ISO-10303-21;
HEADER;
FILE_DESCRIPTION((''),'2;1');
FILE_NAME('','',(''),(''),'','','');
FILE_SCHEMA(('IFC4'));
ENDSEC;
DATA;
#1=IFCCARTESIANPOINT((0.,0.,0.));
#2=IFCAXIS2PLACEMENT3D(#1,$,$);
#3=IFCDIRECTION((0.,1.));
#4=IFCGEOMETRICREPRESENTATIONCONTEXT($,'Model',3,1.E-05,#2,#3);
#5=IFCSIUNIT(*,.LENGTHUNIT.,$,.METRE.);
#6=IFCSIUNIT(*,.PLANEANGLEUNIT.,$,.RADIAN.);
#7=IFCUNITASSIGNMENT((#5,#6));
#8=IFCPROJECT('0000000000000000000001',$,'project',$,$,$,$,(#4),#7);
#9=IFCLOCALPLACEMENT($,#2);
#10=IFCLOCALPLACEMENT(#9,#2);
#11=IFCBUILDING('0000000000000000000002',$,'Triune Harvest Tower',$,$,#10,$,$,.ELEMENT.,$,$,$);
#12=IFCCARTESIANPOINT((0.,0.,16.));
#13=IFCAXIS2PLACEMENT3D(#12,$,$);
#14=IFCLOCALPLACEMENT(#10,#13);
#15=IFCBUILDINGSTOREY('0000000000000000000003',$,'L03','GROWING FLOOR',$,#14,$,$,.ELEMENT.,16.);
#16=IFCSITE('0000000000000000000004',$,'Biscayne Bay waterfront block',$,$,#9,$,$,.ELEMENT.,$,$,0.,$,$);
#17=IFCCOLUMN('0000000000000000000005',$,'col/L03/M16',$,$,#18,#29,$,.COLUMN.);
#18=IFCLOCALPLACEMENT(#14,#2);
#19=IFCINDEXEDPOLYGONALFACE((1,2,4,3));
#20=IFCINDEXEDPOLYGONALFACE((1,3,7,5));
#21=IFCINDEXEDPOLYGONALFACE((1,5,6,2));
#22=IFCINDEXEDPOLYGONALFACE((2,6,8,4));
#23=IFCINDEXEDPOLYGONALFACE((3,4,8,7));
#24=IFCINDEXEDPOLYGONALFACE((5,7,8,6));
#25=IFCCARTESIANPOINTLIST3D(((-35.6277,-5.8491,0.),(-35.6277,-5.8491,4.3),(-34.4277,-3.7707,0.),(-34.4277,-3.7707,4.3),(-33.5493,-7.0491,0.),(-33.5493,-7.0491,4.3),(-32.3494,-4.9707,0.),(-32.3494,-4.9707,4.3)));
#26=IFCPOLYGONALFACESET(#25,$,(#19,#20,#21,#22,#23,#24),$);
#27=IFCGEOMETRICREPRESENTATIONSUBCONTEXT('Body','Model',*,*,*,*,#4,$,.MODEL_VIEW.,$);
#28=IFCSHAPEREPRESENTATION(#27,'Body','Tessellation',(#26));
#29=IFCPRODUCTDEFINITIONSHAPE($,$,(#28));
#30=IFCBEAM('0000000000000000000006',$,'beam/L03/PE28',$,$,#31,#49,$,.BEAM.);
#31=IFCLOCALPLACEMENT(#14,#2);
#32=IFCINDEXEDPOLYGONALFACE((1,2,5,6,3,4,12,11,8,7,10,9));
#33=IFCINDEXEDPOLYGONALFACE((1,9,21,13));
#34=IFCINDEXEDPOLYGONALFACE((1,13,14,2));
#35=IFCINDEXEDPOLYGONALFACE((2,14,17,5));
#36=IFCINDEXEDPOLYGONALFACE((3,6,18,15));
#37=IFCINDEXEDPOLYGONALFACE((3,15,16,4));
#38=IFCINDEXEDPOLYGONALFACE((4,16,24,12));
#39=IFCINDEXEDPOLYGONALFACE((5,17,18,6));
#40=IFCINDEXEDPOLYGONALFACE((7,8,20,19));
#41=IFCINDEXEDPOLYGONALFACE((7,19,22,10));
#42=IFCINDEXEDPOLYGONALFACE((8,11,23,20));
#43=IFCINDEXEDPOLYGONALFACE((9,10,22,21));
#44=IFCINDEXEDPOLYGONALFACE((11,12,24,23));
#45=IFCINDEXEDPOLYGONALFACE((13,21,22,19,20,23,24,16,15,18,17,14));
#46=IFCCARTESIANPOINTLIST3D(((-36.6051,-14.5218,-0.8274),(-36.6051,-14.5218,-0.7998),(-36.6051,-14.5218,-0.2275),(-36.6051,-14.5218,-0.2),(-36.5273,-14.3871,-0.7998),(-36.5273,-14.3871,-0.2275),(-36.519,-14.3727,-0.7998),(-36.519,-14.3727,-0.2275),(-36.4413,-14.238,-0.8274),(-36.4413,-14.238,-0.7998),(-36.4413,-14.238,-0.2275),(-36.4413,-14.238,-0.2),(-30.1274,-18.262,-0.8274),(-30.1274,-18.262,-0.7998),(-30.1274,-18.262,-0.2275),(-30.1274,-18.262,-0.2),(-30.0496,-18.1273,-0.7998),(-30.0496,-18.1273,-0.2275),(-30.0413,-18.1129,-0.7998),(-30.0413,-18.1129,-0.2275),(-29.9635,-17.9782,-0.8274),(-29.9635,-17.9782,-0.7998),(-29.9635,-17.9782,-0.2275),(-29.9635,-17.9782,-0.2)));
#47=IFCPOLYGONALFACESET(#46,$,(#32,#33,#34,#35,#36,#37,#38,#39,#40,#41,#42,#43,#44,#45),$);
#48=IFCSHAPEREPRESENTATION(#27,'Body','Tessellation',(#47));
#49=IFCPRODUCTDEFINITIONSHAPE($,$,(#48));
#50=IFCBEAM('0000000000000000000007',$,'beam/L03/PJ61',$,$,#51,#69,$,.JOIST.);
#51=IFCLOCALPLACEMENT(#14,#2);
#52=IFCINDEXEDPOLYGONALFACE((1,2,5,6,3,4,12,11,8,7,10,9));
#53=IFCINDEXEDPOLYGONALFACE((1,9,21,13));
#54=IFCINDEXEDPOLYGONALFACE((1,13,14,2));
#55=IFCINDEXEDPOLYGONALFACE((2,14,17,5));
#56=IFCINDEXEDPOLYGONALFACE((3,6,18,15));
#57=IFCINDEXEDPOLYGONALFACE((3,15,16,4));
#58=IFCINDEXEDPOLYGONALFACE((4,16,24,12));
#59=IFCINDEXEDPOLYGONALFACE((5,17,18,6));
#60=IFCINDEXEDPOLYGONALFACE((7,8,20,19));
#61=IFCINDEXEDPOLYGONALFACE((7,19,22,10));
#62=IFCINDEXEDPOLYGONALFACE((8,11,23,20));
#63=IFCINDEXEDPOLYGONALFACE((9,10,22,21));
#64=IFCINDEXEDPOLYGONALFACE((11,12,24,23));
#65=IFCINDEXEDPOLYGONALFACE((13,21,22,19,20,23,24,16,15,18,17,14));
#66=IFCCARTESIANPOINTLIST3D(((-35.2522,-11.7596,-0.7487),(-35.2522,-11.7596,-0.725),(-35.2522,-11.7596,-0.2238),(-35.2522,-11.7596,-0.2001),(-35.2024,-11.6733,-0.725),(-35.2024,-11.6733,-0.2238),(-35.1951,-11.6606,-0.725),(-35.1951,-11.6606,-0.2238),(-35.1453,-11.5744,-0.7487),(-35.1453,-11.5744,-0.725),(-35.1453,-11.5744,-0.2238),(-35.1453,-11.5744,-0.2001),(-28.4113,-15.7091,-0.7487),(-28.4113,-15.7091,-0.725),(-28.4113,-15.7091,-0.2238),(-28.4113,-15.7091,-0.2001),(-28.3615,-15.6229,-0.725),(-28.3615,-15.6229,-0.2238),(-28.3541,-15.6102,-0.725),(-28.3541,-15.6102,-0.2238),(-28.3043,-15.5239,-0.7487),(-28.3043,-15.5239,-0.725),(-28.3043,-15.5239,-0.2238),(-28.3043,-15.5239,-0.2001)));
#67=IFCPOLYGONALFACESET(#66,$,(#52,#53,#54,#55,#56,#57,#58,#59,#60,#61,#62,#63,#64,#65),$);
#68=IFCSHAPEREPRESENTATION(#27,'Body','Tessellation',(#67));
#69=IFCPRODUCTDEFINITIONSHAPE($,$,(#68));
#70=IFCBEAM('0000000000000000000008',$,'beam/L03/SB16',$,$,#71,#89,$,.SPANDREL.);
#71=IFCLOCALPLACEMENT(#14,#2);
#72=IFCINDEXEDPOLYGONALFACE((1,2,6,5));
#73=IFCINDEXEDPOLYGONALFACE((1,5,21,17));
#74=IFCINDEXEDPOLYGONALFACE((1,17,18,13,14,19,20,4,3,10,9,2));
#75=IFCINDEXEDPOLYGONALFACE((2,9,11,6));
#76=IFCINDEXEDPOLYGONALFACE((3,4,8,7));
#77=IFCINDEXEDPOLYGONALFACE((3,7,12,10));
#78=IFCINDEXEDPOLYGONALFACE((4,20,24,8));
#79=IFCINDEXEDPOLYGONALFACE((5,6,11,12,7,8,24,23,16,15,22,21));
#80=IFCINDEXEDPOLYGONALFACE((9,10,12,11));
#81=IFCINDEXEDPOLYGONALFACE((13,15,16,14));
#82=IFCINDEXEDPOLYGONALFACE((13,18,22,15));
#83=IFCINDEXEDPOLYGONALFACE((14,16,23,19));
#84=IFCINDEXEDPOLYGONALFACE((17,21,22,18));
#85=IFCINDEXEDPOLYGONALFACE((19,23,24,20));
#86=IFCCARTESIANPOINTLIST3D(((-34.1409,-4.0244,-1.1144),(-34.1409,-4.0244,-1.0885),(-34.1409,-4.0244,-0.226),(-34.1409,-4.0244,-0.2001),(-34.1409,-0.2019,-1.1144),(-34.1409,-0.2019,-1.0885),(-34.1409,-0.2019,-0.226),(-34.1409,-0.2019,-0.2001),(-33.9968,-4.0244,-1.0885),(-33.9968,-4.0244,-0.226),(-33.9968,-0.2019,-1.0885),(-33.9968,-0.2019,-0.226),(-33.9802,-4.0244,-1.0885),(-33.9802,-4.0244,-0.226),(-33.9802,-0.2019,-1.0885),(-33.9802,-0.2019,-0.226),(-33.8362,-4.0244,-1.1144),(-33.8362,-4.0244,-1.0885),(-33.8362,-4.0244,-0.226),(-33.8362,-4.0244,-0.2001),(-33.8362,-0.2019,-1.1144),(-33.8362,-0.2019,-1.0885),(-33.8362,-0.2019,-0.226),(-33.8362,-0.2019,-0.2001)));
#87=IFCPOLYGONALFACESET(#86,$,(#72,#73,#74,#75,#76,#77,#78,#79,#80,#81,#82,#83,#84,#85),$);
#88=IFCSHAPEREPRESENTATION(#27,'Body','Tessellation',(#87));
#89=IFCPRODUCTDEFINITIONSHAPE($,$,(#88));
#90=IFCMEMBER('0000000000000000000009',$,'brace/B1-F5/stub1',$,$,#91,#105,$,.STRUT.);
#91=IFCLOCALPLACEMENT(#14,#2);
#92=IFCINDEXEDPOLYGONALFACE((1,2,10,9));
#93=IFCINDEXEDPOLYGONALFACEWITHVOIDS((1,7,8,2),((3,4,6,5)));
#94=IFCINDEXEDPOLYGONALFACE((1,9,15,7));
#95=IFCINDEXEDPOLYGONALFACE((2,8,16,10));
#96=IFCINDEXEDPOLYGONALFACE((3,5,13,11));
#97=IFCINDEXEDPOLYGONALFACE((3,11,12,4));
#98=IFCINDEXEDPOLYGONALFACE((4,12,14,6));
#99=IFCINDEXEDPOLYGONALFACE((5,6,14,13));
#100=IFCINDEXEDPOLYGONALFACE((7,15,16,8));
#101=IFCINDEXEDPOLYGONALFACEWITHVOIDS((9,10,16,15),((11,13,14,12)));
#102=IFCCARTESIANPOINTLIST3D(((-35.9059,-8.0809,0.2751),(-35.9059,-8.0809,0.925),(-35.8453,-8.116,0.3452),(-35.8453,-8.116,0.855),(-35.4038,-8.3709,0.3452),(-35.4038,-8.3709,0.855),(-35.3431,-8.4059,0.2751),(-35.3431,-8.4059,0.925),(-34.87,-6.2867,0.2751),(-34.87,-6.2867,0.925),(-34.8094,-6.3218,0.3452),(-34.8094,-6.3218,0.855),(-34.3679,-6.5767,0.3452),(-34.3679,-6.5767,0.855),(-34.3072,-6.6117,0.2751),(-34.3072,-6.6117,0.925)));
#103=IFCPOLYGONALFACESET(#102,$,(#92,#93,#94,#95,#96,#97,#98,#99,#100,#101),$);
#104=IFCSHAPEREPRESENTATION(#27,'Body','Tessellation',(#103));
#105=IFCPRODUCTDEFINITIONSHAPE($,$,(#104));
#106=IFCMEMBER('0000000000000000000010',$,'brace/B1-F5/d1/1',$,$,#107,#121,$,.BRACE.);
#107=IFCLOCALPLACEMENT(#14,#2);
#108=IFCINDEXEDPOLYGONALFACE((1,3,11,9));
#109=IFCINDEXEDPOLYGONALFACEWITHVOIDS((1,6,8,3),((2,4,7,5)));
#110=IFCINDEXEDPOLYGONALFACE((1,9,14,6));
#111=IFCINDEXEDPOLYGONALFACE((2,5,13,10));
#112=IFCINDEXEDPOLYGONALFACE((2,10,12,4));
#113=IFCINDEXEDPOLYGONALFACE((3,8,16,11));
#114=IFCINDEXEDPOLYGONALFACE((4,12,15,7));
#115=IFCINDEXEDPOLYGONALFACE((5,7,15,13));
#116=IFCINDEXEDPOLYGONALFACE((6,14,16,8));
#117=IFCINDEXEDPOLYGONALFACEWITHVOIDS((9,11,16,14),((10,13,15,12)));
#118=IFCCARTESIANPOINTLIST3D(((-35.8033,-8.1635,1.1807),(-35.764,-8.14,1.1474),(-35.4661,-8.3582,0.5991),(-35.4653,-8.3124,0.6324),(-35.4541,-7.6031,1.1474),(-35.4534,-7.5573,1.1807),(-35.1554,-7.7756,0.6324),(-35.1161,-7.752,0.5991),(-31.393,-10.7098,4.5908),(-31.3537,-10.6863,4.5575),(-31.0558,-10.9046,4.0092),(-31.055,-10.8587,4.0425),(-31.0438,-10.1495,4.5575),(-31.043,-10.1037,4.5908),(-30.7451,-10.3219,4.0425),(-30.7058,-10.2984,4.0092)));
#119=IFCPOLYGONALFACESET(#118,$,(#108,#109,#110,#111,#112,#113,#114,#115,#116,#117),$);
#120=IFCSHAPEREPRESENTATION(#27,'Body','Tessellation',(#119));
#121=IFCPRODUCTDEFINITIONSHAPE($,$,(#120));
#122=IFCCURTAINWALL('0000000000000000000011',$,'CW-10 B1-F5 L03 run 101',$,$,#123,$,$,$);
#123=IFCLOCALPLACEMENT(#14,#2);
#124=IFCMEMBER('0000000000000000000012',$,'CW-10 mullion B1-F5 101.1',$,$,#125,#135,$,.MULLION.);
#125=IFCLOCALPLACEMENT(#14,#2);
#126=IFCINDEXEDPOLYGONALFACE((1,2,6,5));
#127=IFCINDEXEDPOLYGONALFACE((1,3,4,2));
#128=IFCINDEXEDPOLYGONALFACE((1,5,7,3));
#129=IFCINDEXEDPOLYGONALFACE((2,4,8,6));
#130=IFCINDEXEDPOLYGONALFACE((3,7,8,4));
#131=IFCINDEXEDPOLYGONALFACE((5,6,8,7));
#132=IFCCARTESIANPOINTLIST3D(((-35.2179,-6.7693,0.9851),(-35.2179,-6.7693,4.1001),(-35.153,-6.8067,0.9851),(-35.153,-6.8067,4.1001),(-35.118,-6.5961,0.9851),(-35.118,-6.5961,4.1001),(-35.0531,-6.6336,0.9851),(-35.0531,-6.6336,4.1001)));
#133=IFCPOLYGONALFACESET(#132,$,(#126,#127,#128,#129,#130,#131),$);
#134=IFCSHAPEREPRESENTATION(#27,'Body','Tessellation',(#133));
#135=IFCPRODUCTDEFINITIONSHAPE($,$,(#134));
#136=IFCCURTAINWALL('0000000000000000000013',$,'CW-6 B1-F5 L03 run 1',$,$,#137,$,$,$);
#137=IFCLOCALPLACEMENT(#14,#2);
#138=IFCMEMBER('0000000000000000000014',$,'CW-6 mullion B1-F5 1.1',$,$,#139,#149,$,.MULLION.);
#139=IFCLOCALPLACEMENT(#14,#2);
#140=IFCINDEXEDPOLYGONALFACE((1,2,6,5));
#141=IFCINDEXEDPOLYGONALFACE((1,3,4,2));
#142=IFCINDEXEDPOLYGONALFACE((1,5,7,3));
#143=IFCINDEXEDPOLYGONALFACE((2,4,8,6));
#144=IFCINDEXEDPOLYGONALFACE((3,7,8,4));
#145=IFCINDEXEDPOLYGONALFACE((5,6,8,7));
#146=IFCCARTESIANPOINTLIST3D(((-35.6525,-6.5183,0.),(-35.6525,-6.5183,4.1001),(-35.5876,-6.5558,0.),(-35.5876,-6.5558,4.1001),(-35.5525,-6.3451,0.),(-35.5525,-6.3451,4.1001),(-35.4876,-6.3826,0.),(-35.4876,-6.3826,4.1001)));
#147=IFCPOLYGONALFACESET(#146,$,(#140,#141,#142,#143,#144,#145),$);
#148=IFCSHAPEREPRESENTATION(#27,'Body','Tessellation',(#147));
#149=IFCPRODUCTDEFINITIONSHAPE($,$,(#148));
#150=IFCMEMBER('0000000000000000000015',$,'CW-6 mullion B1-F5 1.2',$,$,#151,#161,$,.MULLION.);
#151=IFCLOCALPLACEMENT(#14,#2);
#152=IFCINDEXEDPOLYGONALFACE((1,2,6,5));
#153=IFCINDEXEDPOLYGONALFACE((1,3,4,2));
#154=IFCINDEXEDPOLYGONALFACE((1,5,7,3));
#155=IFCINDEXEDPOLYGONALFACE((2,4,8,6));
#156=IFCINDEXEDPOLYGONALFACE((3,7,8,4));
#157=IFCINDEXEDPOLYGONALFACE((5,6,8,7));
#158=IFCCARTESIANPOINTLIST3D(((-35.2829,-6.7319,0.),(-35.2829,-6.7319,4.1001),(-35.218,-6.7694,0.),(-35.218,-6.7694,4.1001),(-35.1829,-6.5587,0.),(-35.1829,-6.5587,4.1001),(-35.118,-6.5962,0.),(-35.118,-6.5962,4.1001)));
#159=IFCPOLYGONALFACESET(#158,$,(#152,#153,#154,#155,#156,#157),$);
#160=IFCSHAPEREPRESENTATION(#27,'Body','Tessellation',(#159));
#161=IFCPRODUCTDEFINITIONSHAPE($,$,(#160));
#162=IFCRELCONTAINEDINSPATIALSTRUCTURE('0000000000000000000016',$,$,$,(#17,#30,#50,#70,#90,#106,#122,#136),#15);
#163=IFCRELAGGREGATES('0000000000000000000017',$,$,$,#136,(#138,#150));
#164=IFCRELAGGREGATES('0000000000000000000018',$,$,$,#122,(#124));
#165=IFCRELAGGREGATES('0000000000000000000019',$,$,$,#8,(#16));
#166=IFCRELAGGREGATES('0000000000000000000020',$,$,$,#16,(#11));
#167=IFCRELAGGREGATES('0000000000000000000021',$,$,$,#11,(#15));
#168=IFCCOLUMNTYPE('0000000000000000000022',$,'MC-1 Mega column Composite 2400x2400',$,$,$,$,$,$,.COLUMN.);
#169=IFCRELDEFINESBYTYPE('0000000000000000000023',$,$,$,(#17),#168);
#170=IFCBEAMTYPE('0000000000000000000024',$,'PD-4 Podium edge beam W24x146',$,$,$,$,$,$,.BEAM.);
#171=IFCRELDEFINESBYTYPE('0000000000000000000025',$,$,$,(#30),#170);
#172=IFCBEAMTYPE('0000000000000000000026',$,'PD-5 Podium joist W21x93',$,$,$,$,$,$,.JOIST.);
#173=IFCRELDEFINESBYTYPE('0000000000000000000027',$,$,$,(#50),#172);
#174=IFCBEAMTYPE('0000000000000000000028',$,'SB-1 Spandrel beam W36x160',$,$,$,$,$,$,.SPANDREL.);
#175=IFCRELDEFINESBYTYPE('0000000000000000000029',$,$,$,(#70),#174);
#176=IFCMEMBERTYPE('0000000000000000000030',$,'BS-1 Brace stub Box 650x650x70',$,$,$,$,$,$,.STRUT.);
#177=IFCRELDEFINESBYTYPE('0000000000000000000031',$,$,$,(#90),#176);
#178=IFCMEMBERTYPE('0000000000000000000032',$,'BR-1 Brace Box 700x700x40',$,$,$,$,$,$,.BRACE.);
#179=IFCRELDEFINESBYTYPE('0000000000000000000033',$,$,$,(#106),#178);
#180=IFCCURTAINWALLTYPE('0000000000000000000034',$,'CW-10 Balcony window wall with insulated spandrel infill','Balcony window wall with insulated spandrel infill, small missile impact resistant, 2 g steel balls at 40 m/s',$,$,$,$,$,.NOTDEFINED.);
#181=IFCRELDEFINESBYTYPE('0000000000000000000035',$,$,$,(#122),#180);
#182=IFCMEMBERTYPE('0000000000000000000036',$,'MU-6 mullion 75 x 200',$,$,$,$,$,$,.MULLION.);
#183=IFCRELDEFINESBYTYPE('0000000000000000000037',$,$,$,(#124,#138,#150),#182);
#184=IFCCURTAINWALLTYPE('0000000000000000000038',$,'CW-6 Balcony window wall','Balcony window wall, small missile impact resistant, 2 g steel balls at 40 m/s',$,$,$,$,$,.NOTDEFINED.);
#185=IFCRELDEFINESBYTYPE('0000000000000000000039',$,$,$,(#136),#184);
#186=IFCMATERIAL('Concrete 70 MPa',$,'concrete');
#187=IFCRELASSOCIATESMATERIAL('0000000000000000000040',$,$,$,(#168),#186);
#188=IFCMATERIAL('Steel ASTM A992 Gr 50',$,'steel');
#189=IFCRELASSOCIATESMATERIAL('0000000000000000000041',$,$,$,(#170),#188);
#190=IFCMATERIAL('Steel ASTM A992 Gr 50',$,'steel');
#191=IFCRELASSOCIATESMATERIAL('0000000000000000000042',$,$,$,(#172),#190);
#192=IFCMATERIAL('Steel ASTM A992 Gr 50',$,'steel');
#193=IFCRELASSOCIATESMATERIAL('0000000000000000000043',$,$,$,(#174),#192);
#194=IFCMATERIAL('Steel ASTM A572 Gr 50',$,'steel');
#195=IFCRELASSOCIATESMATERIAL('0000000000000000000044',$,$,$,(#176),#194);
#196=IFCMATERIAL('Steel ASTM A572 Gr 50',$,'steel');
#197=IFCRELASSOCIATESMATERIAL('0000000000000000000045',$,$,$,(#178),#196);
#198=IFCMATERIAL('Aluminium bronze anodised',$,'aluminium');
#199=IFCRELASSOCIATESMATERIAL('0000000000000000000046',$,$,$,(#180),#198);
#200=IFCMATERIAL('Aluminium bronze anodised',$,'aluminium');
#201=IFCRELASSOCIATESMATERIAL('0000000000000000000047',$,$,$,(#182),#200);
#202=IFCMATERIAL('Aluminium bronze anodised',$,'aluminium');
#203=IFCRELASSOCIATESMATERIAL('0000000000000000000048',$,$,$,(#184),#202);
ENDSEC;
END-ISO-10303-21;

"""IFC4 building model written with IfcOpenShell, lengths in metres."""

from ifc_helpers import new_model, si_unit, direction, frame, origin, origin_2d, place, context, subcontext, project, spatial, rectangle, hollow_rectangle, i_section, extrude, source, transform, mapped, material, material_profile, profile_set, type_object, element, aggregate, save


model = new_model("IFC4")

# Units and contexts
model_context = context("Model", 3, precision=1e-05, world=origin(), true_north=direction((0.0, 1.0)))
body_context = subcontext(model_context, "Body", "Model", "MODEL_VIEW")
ifc_project = project(units=[si_unit("LENGTHUNIT", "METRE"), si_unit("PLANEANGLEUNIT", "RADIAN")], contexts=[model_context])

# Site, building, storey
site_placement = place(None, origin())
site = spatial("IfcSite", under=ifc_project, at=site_placement, Name="Biscayne Bay waterfront block", CompositionType="ELEMENT", RefElevation=0.0)
building_placement = place(site_placement, origin())
building = spatial("IfcBuilding", under=site, at=building_placement, Name="Triune Harvest Tower", CompositionType="ELEMENT")
storey_placement = place(building_placement, frame((0.0, 0.0, 16.0)))
storey = spatial("IfcBuildingStorey", under=building, at=storey_placement, Name="L03", Description="GROWING FLOOR", CompositionType="ELEMENT", Elevation=16.0)

# Column
ifc_material_1 = material(Name="Concrete 70 MPa", Category="concrete")
ifc_material_profile_1 = material_profile(ifc_material_1, rectangle(XDim=2.3999, YDim=2.3999, at=origin_2d()), Name="Composite 2400x2400")
ifc_profile_set_1 = profile_set([ifc_material_profile_1], Name="Concrete 70 MPa")
column_type = type_object("IfcColumnType", Name="MC-1 Mega column Composite 2400x2400", PredefinedType="COLUMN", material=ifc_profile_set_1)
shared_shape_1 = source(origin(), body_context, "Body", "SweptSolid", [
    extrude(rectangle(XDim=2.3999, YDim=2.3999, at=origin_2d()), origin(), (0.0, 0.0, 1.0), 4.3),
])
column_placement = place(storey_placement, frame((-33.9885, -5.4099, 0.0), z_axis=(0.0, 0.0, 1.0), x_axis=(0.866025, -0.5, 0.0)))
element("IfcColumn", 1, at=column_placement, inside=storey, type_object=column_type, Name="col/L03/M16", PredefinedType="COLUMN", context=body_context, shape_type="MappedRepresentation", body=[
    mapped(shared_shape_1, transform((0.0, 0.0, 0.0), scale=1.0)),
])

# Beams
ifc_material_2 = material(Name="Steel ASTM A992 Gr 50", Category="steel")
ifc_material_profile_2 = material_profile(ifc_material_2, i_section(OverallWidth=0.3276, OverallDepth=0.6274, WebThickness=0.0166, FlangeThickness=0.0276, at=origin_2d()), Name="W24x146")
ifc_profile_set_2 = profile_set([ifc_material_profile_2], Name="Steel ASTM A992 Gr 50")
beam_type_1 = type_object("IfcBeamType", Name="PD-4 Podium edge beam W24x146", PredefinedType="BEAM", material=ifc_profile_set_2)
shared_shape_2 = source(origin(), body_context, "Body", "SweptSolid", [
    extrude(i_section(OverallWidth=0.3276, OverallDepth=0.6274, WebThickness=0.0166, FlangeThickness=0.0276, at=origin_2d()), origin(), (0.0, 0.0, 1.0), 7.48),
])
beam_1_placement = place(storey_placement, frame((-36.5232, -14.3799, -0.5137), z_axis=(0.866009, -0.500029, 0.0), x_axis=(0.500029, 0.866009, 0.0)))
element("IfcBeam", 2, at=beam_1_placement, inside=storey, type_object=beam_type_1, Name="beam/L03/PE28", PredefinedType="BEAM", context=body_context, shape_type="MappedRepresentation", body=[
    mapped(shared_shape_2, transform((0.0, 0.0, 0.0), scale=1.0)),
])
ifc_material_3 = material(Name="Steel ASTM A992 Gr 50", Category="steel")
ifc_material_profile_3 = material_profile(ifc_material_3, i_section(OverallWidth=0.2139, OverallDepth=0.5486, WebThickness=0.0146, FlangeThickness=0.0237, at=origin_2d()), Name="W21x93")
ifc_profile_set_3 = profile_set([ifc_material_profile_3], Name="Steel ASTM A992 Gr 50")
beam_type_2 = type_object("IfcBeamType", Name="PD-5 Podium joist W21x93", PredefinedType="JOIST", material=ifc_profile_set_3)
shared_shape_3 = source(origin(), body_context, "Body", "SweptSolid", [
    extrude(i_section(OverallWidth=0.2139, OverallDepth=0.5486, WebThickness=0.0146, FlangeThickness=0.0237, at=origin_2d()), origin(), (0.0, 0.0, 1.0), 7.8992),
])
beam_2_placement = place(storey_placement, frame((-35.1987, -11.667, -0.4744), z_axis=(0.86603, -0.499992, 0.0), x_axis=(0.499992, 0.86603, 0.0)))
element("IfcBeam", 3, at=beam_2_placement, inside=storey, type_object=beam_type_2, Name="beam/L03/PJ61", PredefinedType="JOIST", context=body_context, shape_type="MappedRepresentation", body=[
    mapped(shared_shape_3, transform((0.0, 0.0, 0.0), scale=1.0)),
])
ifc_material_4 = material(Name="Steel ASTM A992 Gr 50", Category="steel")
ifc_material_profile_4 = material_profile(ifc_material_4, i_section(OverallWidth=0.3047, OverallDepth=0.9143, WebThickness=0.0166, FlangeThickness=0.0259, at=origin_2d()), Name="W36x160")
ifc_profile_set_4 = profile_set([ifc_material_profile_4], Name="Steel ASTM A992 Gr 50")
beam_type_3 = type_object("IfcBeamType", Name="SB-1 Spandrel beam W36x160", PredefinedType="SPANDREL", material=ifc_profile_set_4)
shared_shape_4 = source(origin(), body_context, "Body", "SweptSolid", [
    extrude(i_section(OverallWidth=0.3047, OverallDepth=0.9143, WebThickness=0.0166, FlangeThickness=0.0259, at=origin_2d()), origin(), (0.0, 0.0, 1.0), 3.8225),
])
beam_3_placement = place(storey_placement, frame((-33.9885, -0.2019, -0.6572), z_axis=(0.0, -1.0, 0.0), x_axis=(1.0, 0.0, 0.0)))
element("IfcBeam", 4, at=beam_3_placement, inside=storey, type_object=beam_type_3, Name="beam/L03/SB16", PredefinedType="SPANDREL", context=body_context, shape_type="MappedRepresentation", body=[
    mapped(shared_shape_4, transform((0.0, 0.0, 0.0), scale=1.0)),
])

# Members
ifc_material_5 = material(Name="Steel ASTM A572 Gr 50", Category="steel")
ifc_material_profile_5 = material_profile(ifc_material_5, hollow_rectangle(XDim=0.6499, YDim=0.6499, WallThickness=0.0701, at=origin_2d()), Name="Box 650x650x70")
ifc_profile_set_5 = profile_set([ifc_material_profile_5], Name="Steel ASTM A572 Gr 50")
member_type_1 = type_object("IfcMemberType", Name="BS-1 Brace stub Box 650x650x70", PredefinedType="STRUT", material=ifc_profile_set_5)
shared_shape_5 = source(origin(), body_context, "Body", "SweptSolid", [
    extrude(hollow_rectangle(XDim=0.6499, YDim=0.6499, WallThickness=0.0701, at=origin_2d()), origin(), (0.0, 0.0, 1.0), 2.0718),
])
member_1_placement = place(storey_placement, frame((-34.5886, -6.4492, 0.6001), z_axis=(-0.500005, -0.866023, 0.0), x_axis=(0.866023, -0.500005, 0.0)))
element("IfcMember", 5, at=member_1_placement, inside=storey, type_object=member_type_1, Name="brace/B1-F5/stub1", PredefinedType="STRUT", context=body_context, shape_type="MappedRepresentation", body=[
    mapped(shared_shape_5, transform((0.0, 0.0, 0.0), scale=1.0)),
])
ifc_material_6 = material(Name="Steel ASTM A572 Gr 50", Category="steel")
ifc_material_profile_6 = material_profile(ifc_material_6, hollow_rectangle(XDim=0.7, YDim=0.7, WallThickness=0.04, at=origin_2d()), Name="Box 700x700x40")
ifc_profile_set_6 = profile_set([ifc_material_profile_6], Name="Steel ASTM A572 Gr 50")
member_type_2 = type_object("IfcMemberType", Name="BR-1 Brace Box 700x700x40", PredefinedType="BRACE", material=ifc_profile_set_6)
shared_shape_6 = source(origin(), body_context, "Body", "SweptSolid", [
    extrude(hollow_rectangle(XDim=0.7, YDim=0.7, WallThickness=0.04, at=origin_2d()), origin(), (0.0, 0.0, 1.0), 6.1289),
])
member_2_placement = place(storey_placement, frame((-35.4597, -7.9578, 0.8899), z_axis=(0.719593, -0.415464, 0.556395), x_axis=(0.500006, 0.866022, 0.0)))
element("IfcMember", 6, at=member_2_placement, inside=storey, type_object=member_type_2, Name="brace/B1-F5/d1/1", PredefinedType="BRACE", context=body_context, shape_type="MappedRepresentation", body=[
    mapped(shared_shape_6, transform((0.0, 0.0, 0.0), scale=1.0)),
])

# Curtain wall, member
ifc_material_7 = material(Name="Aluminium bronze anodised", Category="aluminium")
curtain_wall_type_1 = type_object("IfcCurtainWallType", Name="CW-10 Balcony window wall with insulated spandrel infill", Description="Balcony window wall with insulated spandrel infill, small missile impact resistant, 2 g steel balls at 40 m/s", PredefinedType="NOTDEFINED", material=ifc_material_7)
curtain_wall_1_placement = place(storey_placement, origin())
curtain_wall_1 = element("IfcCurtainWall", 7, at=curtain_wall_1_placement, inside=storey, type_object=curtain_wall_type_1, Name="CW-10 B1-F5 L03 run 101")
ifc_material_8 = material(Name="Aluminium bronze anodised", Category="aluminium")
ifc_material_profile_7 = material_profile(ifc_material_8, rectangle(XDim=0.2, YDim=0.075, at=origin_2d()), Name="MU-6 mullion 75 x 200")
ifc_profile_set_7 = profile_set([ifc_material_profile_7], Name="Aluminium bronze anodised")
member_type_3 = type_object("IfcMemberType", Name="MU-6 mullion 75 x 200", PredefinedType="MULLION", material=ifc_profile_set_7)
shared_shape_7 = source(origin(), body_context, "Body", "SweptSolid", [
    extrude(rectangle(XDim=0.2, YDim=0.075, at=origin_2d()), origin(), (0.0, 0.0, 1.0), 3.115),
])
member_3_placement = place(storey_placement, frame((-35.1355, -6.7014, 0.9851), z_axis=(0.0, 0.0, 1.0), x_axis=(0.500001, 0.866025, 0.0)))
member_3 = element("IfcMember", 8, at=member_3_placement, type_object=member_type_3, Name="CW-10 mullion B1-F5 101.1", PredefinedType="MULLION", context=body_context, shape_type="MappedRepresentation", body=[
    mapped(shared_shape_7, transform((0.0, 0.0, 0.0), scale=1.0)),
])

# Curtain wall, members
ifc_material_9 = material(Name="Aluminium bronze anodised", Category="aluminium")
curtain_wall_type_2 = type_object("IfcCurtainWallType", Name="CW-6 Balcony window wall", Description="Balcony window wall, small missile impact resistant, 2 g steel balls at 40 m/s", PredefinedType="NOTDEFINED", material=ifc_material_9)
curtain_wall_2_placement = place(storey_placement, origin())
curtain_wall_2 = element("IfcCurtainWall", 9, at=curtain_wall_2_placement, inside=storey, type_object=curtain_wall_type_2, Name="CW-6 B1-F5 L03 run 1")
shared_shape_8 = source(origin(), body_context, "Body", "SweptSolid", [
    extrude(rectangle(XDim=0.2, YDim=0.075, at=origin_2d()), origin(), (0.0, 0.0, 1.0), 4.1001),
])
member_4_placement = place(storey_placement, frame((-35.5701, -6.4504, 0.0), z_axis=(0.0, 0.0, 1.0), x_axis=(0.499975, 0.86604, 0.0)))
member_4 = element("IfcMember", 10, at=member_4_placement, type_object=member_type_3, Name="CW-6 mullion B1-F5 1.1", PredefinedType="MULLION", context=body_context, shape_type="MappedRepresentation", body=[
    mapped(shared_shape_8, transform((0.0, 0.0, 0.0), scale=1.0)),
])
member_5_placement = place(storey_placement, frame((-35.2004, -6.6641, 0.0), z_axis=(0.0, 0.0, 1.0), x_axis=(0.499975, 0.86604, 0.0)))
member_5 = element("IfcMember", 11, at=member_5_placement, type_object=member_type_3, Name="CW-6 mullion B1-F5 1.2", PredefinedType="MULLION", context=body_context, shape_type="MappedRepresentation", body=[
    mapped(shared_shape_8, transform((0.0, 0.0, 0.0), scale=1.0)),
])

aggregate(curtain_wall_2, [member_4, member_5])
aggregate(curtain_wall_1, [member_3])

save(model, "model.ifc")
